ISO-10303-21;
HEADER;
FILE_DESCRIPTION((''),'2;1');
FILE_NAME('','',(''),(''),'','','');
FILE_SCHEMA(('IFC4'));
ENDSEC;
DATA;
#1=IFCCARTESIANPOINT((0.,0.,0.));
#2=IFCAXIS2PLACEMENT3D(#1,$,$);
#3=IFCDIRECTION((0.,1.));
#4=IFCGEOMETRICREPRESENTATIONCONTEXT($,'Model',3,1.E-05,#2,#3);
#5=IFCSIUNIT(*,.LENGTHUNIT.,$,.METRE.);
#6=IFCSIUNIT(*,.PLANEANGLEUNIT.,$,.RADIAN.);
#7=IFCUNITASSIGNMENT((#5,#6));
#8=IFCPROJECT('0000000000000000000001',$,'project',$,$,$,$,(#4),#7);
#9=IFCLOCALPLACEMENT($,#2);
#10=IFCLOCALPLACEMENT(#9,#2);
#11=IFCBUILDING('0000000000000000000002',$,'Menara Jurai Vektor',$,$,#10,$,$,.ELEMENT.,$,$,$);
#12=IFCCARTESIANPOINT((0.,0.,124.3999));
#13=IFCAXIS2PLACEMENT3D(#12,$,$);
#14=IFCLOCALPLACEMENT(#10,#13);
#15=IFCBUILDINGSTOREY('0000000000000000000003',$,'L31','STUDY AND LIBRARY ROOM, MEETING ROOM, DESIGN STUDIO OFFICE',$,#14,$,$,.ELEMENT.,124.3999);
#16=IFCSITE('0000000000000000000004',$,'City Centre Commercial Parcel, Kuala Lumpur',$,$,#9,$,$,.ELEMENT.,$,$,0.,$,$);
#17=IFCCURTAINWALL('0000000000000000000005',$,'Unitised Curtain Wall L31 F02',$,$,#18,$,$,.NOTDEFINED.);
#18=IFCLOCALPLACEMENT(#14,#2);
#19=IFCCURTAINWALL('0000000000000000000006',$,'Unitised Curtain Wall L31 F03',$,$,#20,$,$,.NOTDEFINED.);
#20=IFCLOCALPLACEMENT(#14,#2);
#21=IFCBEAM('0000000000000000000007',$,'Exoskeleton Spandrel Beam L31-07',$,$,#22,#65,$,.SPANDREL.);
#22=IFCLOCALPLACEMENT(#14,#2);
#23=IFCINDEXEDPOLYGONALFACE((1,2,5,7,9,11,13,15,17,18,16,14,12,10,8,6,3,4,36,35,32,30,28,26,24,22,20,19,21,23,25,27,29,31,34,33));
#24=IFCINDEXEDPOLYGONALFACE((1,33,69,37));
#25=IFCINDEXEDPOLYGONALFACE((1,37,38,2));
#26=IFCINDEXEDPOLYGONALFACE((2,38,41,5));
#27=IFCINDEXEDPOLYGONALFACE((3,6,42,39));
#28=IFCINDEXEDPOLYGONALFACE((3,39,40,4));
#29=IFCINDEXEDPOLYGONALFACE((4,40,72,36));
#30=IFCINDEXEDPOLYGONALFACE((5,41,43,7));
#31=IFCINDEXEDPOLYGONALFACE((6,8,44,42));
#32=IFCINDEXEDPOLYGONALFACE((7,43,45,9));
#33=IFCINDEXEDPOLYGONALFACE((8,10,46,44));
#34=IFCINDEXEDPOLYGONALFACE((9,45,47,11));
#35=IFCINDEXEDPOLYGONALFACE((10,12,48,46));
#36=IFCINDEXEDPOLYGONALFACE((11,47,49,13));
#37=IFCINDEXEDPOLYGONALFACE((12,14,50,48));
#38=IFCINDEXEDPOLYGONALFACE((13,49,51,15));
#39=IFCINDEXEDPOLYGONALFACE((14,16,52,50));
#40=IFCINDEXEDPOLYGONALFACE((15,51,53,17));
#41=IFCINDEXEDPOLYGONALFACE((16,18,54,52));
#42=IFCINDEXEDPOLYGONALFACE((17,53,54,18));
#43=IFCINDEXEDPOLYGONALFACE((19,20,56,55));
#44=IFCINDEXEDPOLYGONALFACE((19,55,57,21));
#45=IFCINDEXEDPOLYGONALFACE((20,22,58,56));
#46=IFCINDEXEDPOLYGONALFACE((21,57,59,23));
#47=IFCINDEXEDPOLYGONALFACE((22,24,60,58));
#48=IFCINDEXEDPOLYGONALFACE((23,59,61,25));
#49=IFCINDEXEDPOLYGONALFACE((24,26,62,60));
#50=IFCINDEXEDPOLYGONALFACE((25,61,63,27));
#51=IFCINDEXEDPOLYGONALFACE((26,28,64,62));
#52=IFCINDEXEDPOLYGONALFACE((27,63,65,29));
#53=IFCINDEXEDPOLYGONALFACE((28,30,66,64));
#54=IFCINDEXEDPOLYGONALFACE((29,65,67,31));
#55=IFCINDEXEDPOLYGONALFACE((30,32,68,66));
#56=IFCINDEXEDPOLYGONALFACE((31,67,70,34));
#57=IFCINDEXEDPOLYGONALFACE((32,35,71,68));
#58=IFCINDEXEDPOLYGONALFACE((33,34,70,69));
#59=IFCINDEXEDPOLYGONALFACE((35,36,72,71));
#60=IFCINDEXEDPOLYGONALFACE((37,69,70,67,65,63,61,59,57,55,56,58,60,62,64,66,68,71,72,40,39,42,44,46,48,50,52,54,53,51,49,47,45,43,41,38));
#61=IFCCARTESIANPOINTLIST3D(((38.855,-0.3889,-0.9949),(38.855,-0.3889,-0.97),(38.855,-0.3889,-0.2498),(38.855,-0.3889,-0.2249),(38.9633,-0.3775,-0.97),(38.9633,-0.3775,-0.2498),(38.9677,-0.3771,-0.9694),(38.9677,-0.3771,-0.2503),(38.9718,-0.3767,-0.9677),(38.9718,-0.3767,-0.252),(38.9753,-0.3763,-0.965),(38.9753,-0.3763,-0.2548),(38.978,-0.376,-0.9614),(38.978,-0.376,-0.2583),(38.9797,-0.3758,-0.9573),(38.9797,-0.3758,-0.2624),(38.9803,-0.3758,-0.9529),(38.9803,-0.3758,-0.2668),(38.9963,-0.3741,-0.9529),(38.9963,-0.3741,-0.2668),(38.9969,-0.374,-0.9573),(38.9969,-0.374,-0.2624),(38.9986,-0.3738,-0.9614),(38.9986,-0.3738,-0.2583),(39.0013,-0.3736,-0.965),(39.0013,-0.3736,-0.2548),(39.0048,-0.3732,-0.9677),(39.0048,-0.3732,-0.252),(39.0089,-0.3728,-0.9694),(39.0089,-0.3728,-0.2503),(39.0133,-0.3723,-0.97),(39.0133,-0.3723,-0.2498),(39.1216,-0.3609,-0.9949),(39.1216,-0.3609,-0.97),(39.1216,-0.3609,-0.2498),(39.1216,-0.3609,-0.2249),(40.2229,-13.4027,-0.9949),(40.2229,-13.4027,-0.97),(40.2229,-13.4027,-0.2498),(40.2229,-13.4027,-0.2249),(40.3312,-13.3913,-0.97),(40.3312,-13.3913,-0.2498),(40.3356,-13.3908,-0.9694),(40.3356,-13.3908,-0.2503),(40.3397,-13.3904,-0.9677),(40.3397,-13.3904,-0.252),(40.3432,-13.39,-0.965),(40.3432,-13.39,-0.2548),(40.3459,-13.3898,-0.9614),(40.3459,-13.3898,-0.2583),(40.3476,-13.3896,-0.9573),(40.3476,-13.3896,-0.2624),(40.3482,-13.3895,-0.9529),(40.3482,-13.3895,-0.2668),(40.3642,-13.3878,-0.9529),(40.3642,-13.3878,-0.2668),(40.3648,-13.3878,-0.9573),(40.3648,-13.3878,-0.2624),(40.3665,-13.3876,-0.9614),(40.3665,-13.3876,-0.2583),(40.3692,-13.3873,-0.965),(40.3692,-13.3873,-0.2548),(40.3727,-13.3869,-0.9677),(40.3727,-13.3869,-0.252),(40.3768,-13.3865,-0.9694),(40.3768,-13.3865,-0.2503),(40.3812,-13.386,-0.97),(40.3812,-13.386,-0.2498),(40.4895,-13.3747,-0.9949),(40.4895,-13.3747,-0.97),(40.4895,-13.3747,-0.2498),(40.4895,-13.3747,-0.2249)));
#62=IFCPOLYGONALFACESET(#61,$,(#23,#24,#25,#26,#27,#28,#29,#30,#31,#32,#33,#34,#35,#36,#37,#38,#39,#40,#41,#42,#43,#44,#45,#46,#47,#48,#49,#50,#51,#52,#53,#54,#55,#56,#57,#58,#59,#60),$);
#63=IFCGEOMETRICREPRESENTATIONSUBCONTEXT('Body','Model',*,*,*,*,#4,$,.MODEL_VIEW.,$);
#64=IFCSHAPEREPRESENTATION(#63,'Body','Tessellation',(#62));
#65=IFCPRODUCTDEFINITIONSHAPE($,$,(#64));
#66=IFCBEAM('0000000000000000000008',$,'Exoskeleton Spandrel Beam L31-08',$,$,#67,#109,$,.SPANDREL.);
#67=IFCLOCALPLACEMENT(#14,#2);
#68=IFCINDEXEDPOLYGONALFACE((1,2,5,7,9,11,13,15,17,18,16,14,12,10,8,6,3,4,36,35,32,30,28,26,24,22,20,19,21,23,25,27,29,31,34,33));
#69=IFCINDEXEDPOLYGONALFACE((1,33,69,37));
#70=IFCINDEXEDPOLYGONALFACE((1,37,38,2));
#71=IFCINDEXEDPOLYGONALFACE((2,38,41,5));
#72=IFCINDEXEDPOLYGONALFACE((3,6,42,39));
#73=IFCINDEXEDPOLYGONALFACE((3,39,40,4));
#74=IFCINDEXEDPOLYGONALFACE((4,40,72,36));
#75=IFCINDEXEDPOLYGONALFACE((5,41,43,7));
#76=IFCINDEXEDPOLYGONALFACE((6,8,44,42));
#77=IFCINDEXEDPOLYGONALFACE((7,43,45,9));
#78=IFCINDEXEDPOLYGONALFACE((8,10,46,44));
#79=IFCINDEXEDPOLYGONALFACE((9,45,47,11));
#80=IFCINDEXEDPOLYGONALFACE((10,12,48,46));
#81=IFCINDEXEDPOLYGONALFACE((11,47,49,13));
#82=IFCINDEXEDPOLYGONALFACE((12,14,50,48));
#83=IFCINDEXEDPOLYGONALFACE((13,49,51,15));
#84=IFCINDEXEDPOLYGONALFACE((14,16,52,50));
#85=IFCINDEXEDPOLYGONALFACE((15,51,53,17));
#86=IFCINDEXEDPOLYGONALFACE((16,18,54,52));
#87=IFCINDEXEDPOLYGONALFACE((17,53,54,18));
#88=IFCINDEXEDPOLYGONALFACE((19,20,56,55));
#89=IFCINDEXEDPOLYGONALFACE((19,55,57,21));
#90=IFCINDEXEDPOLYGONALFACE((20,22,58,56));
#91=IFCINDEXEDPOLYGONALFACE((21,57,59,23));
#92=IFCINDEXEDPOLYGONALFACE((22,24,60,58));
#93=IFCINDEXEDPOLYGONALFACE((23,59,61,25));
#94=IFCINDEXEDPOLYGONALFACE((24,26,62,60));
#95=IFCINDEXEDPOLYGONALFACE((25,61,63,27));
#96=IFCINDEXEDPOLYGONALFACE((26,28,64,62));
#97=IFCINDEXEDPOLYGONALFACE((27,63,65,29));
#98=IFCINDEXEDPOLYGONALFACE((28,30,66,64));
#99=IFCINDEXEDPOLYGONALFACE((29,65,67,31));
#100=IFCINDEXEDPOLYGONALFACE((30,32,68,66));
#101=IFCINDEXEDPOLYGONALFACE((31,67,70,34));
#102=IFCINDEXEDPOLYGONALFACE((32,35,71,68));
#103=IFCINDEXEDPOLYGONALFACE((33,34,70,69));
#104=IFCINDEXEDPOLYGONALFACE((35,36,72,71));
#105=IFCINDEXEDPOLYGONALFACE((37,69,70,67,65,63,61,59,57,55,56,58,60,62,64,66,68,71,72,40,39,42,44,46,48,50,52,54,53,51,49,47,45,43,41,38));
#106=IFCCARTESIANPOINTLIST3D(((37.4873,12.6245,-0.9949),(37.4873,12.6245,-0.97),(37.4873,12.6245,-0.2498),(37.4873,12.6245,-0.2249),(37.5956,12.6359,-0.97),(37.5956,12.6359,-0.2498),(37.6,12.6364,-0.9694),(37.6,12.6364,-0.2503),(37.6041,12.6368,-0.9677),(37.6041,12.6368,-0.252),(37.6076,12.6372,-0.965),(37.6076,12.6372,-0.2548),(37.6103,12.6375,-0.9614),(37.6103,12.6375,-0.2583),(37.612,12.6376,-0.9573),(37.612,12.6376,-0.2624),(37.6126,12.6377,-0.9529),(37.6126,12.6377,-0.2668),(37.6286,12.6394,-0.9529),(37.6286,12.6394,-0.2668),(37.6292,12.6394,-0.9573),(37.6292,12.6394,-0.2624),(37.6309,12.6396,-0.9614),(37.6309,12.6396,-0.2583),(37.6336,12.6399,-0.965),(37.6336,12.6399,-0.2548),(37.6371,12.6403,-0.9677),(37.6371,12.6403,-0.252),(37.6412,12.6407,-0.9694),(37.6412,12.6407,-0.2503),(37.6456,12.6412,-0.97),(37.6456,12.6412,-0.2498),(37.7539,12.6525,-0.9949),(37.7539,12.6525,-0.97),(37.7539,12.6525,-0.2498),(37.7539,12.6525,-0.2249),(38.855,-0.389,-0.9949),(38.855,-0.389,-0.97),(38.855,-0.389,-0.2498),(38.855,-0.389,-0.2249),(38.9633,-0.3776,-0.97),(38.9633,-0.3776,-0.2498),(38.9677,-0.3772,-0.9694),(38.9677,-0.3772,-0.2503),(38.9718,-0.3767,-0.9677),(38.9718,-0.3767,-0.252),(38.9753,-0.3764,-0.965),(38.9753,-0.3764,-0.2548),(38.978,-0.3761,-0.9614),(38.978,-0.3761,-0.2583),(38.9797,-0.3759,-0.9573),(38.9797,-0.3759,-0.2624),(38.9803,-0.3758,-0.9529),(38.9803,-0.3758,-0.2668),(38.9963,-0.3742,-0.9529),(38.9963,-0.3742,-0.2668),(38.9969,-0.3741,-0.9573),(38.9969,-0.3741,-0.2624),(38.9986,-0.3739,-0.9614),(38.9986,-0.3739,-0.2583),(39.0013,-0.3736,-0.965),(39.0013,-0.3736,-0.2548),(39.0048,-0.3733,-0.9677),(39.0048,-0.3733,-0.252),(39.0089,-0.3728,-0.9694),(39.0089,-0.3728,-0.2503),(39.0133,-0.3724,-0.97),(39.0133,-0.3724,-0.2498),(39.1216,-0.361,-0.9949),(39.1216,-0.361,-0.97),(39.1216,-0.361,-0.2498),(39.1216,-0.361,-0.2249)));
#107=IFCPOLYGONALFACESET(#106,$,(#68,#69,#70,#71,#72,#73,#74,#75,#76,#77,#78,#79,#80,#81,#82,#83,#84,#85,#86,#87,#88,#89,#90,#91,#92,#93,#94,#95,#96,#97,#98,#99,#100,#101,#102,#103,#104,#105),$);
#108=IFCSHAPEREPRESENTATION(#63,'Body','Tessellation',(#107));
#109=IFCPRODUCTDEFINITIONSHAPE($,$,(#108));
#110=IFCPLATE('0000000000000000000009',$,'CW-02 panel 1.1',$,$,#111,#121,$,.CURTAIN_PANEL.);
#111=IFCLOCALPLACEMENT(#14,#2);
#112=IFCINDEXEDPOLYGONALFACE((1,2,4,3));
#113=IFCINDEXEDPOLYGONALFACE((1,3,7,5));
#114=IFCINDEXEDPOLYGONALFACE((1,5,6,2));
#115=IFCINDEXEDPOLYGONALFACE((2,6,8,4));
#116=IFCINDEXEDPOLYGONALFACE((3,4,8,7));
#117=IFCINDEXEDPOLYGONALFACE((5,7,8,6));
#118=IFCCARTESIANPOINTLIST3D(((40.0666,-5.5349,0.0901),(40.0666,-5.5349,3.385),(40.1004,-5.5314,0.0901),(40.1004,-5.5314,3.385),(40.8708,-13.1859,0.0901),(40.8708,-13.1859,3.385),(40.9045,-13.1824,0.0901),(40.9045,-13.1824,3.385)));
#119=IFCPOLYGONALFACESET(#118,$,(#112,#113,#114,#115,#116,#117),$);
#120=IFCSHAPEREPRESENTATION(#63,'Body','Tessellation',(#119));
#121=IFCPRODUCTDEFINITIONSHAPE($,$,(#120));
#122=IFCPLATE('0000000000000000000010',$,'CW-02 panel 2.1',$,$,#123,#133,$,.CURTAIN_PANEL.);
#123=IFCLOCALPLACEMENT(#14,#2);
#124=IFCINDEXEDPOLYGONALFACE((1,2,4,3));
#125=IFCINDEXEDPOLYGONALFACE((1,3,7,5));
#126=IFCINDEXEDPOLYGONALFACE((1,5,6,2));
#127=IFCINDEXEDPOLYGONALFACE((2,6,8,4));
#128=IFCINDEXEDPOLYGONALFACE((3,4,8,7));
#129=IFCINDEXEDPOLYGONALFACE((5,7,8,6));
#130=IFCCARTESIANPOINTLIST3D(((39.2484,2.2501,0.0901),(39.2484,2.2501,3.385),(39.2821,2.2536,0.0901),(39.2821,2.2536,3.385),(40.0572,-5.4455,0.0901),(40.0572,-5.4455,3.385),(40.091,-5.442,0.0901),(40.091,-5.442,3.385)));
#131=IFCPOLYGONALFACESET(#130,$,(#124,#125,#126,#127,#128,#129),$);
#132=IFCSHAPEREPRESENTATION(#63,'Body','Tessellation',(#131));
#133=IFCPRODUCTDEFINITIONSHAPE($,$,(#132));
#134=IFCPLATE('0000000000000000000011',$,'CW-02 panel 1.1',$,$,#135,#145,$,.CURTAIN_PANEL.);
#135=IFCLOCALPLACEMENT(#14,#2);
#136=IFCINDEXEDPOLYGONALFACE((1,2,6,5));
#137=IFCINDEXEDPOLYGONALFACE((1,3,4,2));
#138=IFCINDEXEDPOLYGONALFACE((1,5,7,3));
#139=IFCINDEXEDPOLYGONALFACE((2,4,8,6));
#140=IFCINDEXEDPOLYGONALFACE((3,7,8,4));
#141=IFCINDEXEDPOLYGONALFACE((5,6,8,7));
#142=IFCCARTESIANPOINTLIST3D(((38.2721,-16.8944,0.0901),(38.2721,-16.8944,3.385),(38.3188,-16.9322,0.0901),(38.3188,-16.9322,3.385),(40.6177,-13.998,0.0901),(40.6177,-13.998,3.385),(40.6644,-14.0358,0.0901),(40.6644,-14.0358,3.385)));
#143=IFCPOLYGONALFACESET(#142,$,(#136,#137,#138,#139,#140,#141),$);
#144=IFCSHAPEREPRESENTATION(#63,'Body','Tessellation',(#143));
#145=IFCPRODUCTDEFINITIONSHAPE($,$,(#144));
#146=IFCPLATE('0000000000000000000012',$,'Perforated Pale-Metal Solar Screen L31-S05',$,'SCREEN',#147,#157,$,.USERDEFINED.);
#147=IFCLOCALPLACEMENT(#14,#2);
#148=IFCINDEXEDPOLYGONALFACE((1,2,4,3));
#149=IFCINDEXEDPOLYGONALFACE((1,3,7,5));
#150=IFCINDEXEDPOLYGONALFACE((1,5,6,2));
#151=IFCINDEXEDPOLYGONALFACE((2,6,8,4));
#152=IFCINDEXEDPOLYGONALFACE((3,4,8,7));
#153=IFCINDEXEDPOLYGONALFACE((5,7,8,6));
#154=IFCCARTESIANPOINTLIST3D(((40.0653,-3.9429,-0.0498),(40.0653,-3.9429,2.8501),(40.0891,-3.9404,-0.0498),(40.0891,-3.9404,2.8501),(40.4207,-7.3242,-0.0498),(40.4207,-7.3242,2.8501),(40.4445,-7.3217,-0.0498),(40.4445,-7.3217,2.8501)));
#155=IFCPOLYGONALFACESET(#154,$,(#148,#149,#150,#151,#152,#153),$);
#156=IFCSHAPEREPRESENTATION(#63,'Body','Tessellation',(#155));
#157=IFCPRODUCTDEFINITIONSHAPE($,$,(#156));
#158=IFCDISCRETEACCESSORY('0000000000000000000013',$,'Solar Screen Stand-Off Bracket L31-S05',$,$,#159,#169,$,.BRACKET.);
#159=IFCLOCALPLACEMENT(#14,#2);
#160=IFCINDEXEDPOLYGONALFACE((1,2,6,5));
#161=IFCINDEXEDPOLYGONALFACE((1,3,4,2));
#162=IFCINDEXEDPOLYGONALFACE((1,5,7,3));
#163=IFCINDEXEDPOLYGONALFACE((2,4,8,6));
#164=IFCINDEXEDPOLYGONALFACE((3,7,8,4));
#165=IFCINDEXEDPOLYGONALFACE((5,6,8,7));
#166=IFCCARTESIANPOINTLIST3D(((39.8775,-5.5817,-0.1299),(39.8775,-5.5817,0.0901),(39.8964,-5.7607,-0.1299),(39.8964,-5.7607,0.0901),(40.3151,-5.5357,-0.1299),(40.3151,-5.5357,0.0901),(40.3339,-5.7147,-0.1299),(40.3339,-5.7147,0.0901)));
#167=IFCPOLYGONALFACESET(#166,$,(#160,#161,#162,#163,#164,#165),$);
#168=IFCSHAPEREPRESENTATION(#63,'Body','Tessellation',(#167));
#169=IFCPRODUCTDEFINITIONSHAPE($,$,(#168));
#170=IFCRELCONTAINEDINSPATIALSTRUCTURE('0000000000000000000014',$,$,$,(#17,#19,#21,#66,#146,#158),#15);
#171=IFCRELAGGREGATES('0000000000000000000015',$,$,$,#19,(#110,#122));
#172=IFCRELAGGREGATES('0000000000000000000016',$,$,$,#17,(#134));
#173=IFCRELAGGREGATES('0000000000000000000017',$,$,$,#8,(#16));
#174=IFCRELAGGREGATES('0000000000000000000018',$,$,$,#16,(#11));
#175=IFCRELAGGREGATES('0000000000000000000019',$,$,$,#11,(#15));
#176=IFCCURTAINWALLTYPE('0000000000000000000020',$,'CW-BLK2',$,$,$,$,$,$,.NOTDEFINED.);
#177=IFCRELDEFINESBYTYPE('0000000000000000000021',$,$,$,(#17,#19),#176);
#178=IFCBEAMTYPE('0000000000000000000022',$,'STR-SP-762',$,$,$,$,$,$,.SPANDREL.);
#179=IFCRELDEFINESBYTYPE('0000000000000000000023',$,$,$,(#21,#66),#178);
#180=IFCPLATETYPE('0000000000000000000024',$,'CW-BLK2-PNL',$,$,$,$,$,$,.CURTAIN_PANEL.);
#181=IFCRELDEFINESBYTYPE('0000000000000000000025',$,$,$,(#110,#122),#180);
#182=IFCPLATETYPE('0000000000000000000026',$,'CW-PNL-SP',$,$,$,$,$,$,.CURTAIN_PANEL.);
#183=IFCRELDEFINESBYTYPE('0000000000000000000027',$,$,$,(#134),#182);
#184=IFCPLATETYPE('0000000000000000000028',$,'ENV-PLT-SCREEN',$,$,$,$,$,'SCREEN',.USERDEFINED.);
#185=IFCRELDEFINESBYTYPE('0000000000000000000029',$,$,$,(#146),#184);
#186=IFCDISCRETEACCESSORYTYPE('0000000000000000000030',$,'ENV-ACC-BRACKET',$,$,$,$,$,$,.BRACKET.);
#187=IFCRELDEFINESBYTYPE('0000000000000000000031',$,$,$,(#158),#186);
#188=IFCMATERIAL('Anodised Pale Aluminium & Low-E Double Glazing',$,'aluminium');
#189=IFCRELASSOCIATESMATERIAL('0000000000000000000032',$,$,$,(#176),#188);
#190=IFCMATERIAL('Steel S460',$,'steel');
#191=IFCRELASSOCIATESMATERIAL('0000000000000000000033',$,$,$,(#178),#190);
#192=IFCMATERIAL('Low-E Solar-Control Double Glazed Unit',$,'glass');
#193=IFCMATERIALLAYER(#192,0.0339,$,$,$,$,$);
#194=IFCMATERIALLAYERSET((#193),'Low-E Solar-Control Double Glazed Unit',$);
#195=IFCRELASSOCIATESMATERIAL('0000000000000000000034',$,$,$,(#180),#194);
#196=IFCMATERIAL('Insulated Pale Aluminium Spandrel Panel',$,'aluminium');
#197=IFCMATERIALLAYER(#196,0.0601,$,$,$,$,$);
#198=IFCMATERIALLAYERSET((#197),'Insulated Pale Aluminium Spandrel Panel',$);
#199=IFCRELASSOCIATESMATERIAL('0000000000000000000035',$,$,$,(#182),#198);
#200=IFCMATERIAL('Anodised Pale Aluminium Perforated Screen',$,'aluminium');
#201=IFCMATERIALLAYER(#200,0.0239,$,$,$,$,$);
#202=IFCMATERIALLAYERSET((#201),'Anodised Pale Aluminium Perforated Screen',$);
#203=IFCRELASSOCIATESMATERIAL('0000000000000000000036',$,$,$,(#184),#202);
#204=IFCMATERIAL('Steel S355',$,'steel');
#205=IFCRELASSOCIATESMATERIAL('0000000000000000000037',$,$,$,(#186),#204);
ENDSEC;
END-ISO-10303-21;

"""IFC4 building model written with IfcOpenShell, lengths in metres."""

from ifc_helpers import new_model, si_unit, direction, frame, origin, origin_2d, place, context, subcontext, project, spatial, rectangle, i_section, extrude, material, layer, layer_set, material_profile, profile_set, type_object, element, aggregate, save


model = new_model("IFC4")

# Units and contexts
model_context = context("Model", 3, precision=1e-05, world=origin(), true_north=direction((0.0, 1.0)))
body_context = subcontext(model_context, "Body", "Model", "MODEL_VIEW")
ifc_project = project(units=[si_unit("LENGTHUNIT", "METRE"), si_unit("PLANEANGLEUNIT", "RADIAN")], contexts=[model_context])

# Site, building, storey
site_placement = place(None, origin())
site = spatial("IfcSite", under=ifc_project, at=site_placement, Name="City Centre Commercial Parcel, Kuala Lumpur", CompositionType="ELEMENT", RefElevation=0.0)
building_placement = place(site_placement, origin())
building = spatial("IfcBuilding", under=site, at=building_placement, Name="Menara Jurai Vektor", CompositionType="ELEMENT")
storey_placement = place(building_placement, frame((0.0, 0.0, 124.3999)))
storey = spatial("IfcBuildingStorey", under=building, at=storey_placement, Name="L31", Description="STUDY AND LIBRARY ROOM, MEETING ROOM, DESIGN STUDIO OFFICE", CompositionType="ELEMENT", Elevation=124.3999)

# Shared definitions
ifc_material_1 = material(Name="Steel S460", Category="steel")

# Curtain walls
ifc_material_2 = material(Name="Anodised Pale Aluminium & Low-E Double Glazing", Category="aluminium")
curtain_wall_type = type_object("IfcCurtainWallType", Name="CW-BLK2", PredefinedType="NOTDEFINED", material=ifc_material_2)
curtain_wall_1_placement = place(storey_placement, origin())
curtain_wall_1 = element("IfcCurtainWall", 1, at=curtain_wall_1_placement, inside=storey, type_object=curtain_wall_type, Name="Unitised Curtain Wall L31 F02", PredefinedType="NOTDEFINED")
curtain_wall_2_placement = place(storey_placement, origin())
curtain_wall_2 = element("IfcCurtainWall", 2, at=curtain_wall_2_placement, inside=storey, type_object=curtain_wall_type, Name="Unitised Curtain Wall L31 F03", PredefinedType="NOTDEFINED")

# Beams
ifc_material_3 = material(Name="Steel S355", Category="steel")
ifc_material_profile_1 = material_profile(ifc_material_1, i_section(OverallWidth=0.2681, OverallDepth=0.77, WebThickness=0.0161, FlangeThickness=0.0249, FilletRadius=0.0171, at=origin_2d()), Name="UKB 762x267x197")
ifc_profile_set_1 = profile_set([ifc_material_profile_1], Name="Steel S460")
beam_type_1 = type_object("IfcBeamType", Name="STR-SP-762", PredefinedType="SPANDREL", material=ifc_profile_set_1)
beam_1_placement = place(storey_placement, frame((40.3562, -13.3887, -0.6099), z_axis=(-0.104538, 0.994521, 0.0), x_axis=(-0.994521, -0.104538, 0.0)))
element("IfcBeam", 3, at=beam_1_placement, inside=storey, type_object=beam_type_1, Name="Exoskeleton Spandrel Beam L31-07", PredefinedType="SPANDREL", context=body_context, shape_type="SweptSolid", body=[
    extrude(i_section(OverallWidth=0.2681, OverallDepth=0.77, WebThickness=0.0161, FlangeThickness=0.0249, FilletRadius=0.0171, at=origin_2d()), origin(), (0.0, 0.0, 1.0), 13.0854),
])
beam_2_placement = place(storey_placement, frame((38.9883, -0.375, -0.6099), z_axis=(-0.104522, 0.994523, 0.0), x_axis=(-0.994523, -0.104522, 0.0)))
element("IfcBeam", 4, at=beam_2_placement, inside=storey, type_object=beam_type_1, Name="Exoskeleton Spandrel Beam L31-08", PredefinedType="SPANDREL", context=body_context, shape_type="SweptSolid", body=[
    extrude(i_section(OverallWidth=0.2681, OverallDepth=0.77, WebThickness=0.0161, FlangeThickness=0.0249, FilletRadius=0.0171, at=origin_2d()), origin(), (0.0, 0.0, 1.0), 13.0852),
])

# Plates
ifc_material_4 = material(Name="Low-E Solar-Control Double Glazed Unit", Category="glass")
ifc_layer_1 = layer(ifc_material_4, 0.0339)
ifc_layer_set_1 = layer_set([ifc_layer_1], Name="Low-E Solar-Control Double Glazed Unit")
plate_type_1 = type_object("IfcPlateType", Name="CW-BLK2-PNL", PredefinedType="CURTAIN_PANEL", material=ifc_layer_set_1)
plate_1_placement = place(storey_placement, frame((40.4856, -9.3586, 0.0901), z_axis=(0.0, 0.0, 1.0), x_axis=(-0.10453, 0.994522, 0.0)))
plate_1 = element("IfcPlate", 5, at=plate_1_placement, type_object=plate_type_1, Name="CW-02 panel 1.1", PredefinedType="CURTAIN_PANEL", context=body_context, shape_type="SweptSolid", body=[
    extrude(rectangle(XDim=7.6931, YDim=0.0339, at=origin_2d()), origin(), (0.0, 0.0, 1.0), 3.2949),
])
plate_2_placement = place(storey_placement, frame((39.6697, -1.5959, 0.0901), z_axis=(0.0, 0.0, 1.0), x_axis=(-0.10453, 0.994522, 0.0)))
plate_2 = element("IfcPlate", 6, at=plate_2_placement, type_object=plate_type_1, Name="CW-02 panel 2.1", PredefinedType="CURTAIN_PANEL", context=body_context, shape_type="SweptSolid", body=[
    extrude(rectangle(XDim=7.738, YDim=0.0339, at=origin_2d()), origin(), (0.0, 0.0, 1.0), 3.2949),
])
aggregate(curtain_wall_2, [plate_1, plate_2])
ifc_material_5 = material(Name="Insulated Pale Aluminium Spandrel Panel", Category="aluminium")
ifc_layer_2 = layer(ifc_material_5, 0.0601)
ifc_layer_set_2 = layer_set([ifc_layer_2], Name="Insulated Pale Aluminium Spandrel Panel")
plate_type_2 = type_object("IfcPlateType", Name="CW-PNL-SP", PredefinedType="CURTAIN_PANEL", material=ifc_layer_set_2)
plate_3_placement = place(storey_placement, frame((39.4683, -15.4651, 0.0901), z_axis=(0.0, 0.0, 1.0), x_axis=(0.629341, 0.777129, 0.0)))
plate_3 = element("IfcPlate", 7, at=plate_3_placement, type_object=plate_type_2, Name="CW-02 panel 1.1", PredefinedType="CURTAIN_PANEL", context=body_context, shape_type="SweptSolid", body=[
    extrude(rectangle(XDim=3.7271, YDim=0.0601, at=origin_2d()), origin(), (0.0, 0.0, 1.0), 3.2949),
])
aggregate(curtain_wall_1, [plate_3])
ifc_material_6 = material(Name="Anodised Pale Aluminium Perforated Screen", Category="aluminium")
ifc_layer_3 = layer(ifc_material_6, 0.0239)
ifc_layer_set_3 = layer_set([ifc_layer_3], Name="Anodised Pale Aluminium Perforated Screen")
plate_type_3 = type_object("IfcPlateType", Name="ENV-PLT-SCREEN", ElementType="SCREEN", PredefinedType="USERDEFINED", material=ifc_layer_set_3)
plate_4_placement = place(storey_placement, frame((40.2549, -5.6323, -0.0498), z_axis=(0.0, 0.0, 1.0), x_axis=(-0.104528, 0.994522, 0.0)))
element("IfcPlate", 8, at=plate_4_placement, inside=storey, type_object=plate_type_3, Name="Perforated Pale-Metal Solar Screen L31-S05", ObjectType="SCREEN", PredefinedType="USERDEFINED", context=body_context, shape_type="SweptSolid", body=[
    extrude(rectangle(XDim=3.3999, YDim=0.0239, at=origin_2d()), origin(), (0.0, 0.0, 1.0), 2.8999),
])

# Discrete accessory
discrete_accessory_type = type_object("IfcDiscreteAccessoryType", Name="ENV-ACC-BRACKET", PredefinedType="BRACKET", material=ifc_material_3)
discrete_accessory_placement = place(storey_placement, frame((40.1057, -5.6482, -0.1299), z_axis=(0.0, 0.0, 1.0), x_axis=(-0.104528, 0.994522, 0.0)))
element("IfcDiscreteAccessory", 9, at=discrete_accessory_placement, inside=storey, type_object=discrete_accessory_type, Name="Solar Screen Stand-Off Bracket L31-S05", PredefinedType="BRACKET", context=body_context, shape_type="SweptSolid", body=[
    extrude(rectangle(XDim=0.1799, YDim=0.4399, at=origin_2d()), origin(), (0.0, 0.0, 1.0), 0.22),
])

save(model, "model.ifc")
